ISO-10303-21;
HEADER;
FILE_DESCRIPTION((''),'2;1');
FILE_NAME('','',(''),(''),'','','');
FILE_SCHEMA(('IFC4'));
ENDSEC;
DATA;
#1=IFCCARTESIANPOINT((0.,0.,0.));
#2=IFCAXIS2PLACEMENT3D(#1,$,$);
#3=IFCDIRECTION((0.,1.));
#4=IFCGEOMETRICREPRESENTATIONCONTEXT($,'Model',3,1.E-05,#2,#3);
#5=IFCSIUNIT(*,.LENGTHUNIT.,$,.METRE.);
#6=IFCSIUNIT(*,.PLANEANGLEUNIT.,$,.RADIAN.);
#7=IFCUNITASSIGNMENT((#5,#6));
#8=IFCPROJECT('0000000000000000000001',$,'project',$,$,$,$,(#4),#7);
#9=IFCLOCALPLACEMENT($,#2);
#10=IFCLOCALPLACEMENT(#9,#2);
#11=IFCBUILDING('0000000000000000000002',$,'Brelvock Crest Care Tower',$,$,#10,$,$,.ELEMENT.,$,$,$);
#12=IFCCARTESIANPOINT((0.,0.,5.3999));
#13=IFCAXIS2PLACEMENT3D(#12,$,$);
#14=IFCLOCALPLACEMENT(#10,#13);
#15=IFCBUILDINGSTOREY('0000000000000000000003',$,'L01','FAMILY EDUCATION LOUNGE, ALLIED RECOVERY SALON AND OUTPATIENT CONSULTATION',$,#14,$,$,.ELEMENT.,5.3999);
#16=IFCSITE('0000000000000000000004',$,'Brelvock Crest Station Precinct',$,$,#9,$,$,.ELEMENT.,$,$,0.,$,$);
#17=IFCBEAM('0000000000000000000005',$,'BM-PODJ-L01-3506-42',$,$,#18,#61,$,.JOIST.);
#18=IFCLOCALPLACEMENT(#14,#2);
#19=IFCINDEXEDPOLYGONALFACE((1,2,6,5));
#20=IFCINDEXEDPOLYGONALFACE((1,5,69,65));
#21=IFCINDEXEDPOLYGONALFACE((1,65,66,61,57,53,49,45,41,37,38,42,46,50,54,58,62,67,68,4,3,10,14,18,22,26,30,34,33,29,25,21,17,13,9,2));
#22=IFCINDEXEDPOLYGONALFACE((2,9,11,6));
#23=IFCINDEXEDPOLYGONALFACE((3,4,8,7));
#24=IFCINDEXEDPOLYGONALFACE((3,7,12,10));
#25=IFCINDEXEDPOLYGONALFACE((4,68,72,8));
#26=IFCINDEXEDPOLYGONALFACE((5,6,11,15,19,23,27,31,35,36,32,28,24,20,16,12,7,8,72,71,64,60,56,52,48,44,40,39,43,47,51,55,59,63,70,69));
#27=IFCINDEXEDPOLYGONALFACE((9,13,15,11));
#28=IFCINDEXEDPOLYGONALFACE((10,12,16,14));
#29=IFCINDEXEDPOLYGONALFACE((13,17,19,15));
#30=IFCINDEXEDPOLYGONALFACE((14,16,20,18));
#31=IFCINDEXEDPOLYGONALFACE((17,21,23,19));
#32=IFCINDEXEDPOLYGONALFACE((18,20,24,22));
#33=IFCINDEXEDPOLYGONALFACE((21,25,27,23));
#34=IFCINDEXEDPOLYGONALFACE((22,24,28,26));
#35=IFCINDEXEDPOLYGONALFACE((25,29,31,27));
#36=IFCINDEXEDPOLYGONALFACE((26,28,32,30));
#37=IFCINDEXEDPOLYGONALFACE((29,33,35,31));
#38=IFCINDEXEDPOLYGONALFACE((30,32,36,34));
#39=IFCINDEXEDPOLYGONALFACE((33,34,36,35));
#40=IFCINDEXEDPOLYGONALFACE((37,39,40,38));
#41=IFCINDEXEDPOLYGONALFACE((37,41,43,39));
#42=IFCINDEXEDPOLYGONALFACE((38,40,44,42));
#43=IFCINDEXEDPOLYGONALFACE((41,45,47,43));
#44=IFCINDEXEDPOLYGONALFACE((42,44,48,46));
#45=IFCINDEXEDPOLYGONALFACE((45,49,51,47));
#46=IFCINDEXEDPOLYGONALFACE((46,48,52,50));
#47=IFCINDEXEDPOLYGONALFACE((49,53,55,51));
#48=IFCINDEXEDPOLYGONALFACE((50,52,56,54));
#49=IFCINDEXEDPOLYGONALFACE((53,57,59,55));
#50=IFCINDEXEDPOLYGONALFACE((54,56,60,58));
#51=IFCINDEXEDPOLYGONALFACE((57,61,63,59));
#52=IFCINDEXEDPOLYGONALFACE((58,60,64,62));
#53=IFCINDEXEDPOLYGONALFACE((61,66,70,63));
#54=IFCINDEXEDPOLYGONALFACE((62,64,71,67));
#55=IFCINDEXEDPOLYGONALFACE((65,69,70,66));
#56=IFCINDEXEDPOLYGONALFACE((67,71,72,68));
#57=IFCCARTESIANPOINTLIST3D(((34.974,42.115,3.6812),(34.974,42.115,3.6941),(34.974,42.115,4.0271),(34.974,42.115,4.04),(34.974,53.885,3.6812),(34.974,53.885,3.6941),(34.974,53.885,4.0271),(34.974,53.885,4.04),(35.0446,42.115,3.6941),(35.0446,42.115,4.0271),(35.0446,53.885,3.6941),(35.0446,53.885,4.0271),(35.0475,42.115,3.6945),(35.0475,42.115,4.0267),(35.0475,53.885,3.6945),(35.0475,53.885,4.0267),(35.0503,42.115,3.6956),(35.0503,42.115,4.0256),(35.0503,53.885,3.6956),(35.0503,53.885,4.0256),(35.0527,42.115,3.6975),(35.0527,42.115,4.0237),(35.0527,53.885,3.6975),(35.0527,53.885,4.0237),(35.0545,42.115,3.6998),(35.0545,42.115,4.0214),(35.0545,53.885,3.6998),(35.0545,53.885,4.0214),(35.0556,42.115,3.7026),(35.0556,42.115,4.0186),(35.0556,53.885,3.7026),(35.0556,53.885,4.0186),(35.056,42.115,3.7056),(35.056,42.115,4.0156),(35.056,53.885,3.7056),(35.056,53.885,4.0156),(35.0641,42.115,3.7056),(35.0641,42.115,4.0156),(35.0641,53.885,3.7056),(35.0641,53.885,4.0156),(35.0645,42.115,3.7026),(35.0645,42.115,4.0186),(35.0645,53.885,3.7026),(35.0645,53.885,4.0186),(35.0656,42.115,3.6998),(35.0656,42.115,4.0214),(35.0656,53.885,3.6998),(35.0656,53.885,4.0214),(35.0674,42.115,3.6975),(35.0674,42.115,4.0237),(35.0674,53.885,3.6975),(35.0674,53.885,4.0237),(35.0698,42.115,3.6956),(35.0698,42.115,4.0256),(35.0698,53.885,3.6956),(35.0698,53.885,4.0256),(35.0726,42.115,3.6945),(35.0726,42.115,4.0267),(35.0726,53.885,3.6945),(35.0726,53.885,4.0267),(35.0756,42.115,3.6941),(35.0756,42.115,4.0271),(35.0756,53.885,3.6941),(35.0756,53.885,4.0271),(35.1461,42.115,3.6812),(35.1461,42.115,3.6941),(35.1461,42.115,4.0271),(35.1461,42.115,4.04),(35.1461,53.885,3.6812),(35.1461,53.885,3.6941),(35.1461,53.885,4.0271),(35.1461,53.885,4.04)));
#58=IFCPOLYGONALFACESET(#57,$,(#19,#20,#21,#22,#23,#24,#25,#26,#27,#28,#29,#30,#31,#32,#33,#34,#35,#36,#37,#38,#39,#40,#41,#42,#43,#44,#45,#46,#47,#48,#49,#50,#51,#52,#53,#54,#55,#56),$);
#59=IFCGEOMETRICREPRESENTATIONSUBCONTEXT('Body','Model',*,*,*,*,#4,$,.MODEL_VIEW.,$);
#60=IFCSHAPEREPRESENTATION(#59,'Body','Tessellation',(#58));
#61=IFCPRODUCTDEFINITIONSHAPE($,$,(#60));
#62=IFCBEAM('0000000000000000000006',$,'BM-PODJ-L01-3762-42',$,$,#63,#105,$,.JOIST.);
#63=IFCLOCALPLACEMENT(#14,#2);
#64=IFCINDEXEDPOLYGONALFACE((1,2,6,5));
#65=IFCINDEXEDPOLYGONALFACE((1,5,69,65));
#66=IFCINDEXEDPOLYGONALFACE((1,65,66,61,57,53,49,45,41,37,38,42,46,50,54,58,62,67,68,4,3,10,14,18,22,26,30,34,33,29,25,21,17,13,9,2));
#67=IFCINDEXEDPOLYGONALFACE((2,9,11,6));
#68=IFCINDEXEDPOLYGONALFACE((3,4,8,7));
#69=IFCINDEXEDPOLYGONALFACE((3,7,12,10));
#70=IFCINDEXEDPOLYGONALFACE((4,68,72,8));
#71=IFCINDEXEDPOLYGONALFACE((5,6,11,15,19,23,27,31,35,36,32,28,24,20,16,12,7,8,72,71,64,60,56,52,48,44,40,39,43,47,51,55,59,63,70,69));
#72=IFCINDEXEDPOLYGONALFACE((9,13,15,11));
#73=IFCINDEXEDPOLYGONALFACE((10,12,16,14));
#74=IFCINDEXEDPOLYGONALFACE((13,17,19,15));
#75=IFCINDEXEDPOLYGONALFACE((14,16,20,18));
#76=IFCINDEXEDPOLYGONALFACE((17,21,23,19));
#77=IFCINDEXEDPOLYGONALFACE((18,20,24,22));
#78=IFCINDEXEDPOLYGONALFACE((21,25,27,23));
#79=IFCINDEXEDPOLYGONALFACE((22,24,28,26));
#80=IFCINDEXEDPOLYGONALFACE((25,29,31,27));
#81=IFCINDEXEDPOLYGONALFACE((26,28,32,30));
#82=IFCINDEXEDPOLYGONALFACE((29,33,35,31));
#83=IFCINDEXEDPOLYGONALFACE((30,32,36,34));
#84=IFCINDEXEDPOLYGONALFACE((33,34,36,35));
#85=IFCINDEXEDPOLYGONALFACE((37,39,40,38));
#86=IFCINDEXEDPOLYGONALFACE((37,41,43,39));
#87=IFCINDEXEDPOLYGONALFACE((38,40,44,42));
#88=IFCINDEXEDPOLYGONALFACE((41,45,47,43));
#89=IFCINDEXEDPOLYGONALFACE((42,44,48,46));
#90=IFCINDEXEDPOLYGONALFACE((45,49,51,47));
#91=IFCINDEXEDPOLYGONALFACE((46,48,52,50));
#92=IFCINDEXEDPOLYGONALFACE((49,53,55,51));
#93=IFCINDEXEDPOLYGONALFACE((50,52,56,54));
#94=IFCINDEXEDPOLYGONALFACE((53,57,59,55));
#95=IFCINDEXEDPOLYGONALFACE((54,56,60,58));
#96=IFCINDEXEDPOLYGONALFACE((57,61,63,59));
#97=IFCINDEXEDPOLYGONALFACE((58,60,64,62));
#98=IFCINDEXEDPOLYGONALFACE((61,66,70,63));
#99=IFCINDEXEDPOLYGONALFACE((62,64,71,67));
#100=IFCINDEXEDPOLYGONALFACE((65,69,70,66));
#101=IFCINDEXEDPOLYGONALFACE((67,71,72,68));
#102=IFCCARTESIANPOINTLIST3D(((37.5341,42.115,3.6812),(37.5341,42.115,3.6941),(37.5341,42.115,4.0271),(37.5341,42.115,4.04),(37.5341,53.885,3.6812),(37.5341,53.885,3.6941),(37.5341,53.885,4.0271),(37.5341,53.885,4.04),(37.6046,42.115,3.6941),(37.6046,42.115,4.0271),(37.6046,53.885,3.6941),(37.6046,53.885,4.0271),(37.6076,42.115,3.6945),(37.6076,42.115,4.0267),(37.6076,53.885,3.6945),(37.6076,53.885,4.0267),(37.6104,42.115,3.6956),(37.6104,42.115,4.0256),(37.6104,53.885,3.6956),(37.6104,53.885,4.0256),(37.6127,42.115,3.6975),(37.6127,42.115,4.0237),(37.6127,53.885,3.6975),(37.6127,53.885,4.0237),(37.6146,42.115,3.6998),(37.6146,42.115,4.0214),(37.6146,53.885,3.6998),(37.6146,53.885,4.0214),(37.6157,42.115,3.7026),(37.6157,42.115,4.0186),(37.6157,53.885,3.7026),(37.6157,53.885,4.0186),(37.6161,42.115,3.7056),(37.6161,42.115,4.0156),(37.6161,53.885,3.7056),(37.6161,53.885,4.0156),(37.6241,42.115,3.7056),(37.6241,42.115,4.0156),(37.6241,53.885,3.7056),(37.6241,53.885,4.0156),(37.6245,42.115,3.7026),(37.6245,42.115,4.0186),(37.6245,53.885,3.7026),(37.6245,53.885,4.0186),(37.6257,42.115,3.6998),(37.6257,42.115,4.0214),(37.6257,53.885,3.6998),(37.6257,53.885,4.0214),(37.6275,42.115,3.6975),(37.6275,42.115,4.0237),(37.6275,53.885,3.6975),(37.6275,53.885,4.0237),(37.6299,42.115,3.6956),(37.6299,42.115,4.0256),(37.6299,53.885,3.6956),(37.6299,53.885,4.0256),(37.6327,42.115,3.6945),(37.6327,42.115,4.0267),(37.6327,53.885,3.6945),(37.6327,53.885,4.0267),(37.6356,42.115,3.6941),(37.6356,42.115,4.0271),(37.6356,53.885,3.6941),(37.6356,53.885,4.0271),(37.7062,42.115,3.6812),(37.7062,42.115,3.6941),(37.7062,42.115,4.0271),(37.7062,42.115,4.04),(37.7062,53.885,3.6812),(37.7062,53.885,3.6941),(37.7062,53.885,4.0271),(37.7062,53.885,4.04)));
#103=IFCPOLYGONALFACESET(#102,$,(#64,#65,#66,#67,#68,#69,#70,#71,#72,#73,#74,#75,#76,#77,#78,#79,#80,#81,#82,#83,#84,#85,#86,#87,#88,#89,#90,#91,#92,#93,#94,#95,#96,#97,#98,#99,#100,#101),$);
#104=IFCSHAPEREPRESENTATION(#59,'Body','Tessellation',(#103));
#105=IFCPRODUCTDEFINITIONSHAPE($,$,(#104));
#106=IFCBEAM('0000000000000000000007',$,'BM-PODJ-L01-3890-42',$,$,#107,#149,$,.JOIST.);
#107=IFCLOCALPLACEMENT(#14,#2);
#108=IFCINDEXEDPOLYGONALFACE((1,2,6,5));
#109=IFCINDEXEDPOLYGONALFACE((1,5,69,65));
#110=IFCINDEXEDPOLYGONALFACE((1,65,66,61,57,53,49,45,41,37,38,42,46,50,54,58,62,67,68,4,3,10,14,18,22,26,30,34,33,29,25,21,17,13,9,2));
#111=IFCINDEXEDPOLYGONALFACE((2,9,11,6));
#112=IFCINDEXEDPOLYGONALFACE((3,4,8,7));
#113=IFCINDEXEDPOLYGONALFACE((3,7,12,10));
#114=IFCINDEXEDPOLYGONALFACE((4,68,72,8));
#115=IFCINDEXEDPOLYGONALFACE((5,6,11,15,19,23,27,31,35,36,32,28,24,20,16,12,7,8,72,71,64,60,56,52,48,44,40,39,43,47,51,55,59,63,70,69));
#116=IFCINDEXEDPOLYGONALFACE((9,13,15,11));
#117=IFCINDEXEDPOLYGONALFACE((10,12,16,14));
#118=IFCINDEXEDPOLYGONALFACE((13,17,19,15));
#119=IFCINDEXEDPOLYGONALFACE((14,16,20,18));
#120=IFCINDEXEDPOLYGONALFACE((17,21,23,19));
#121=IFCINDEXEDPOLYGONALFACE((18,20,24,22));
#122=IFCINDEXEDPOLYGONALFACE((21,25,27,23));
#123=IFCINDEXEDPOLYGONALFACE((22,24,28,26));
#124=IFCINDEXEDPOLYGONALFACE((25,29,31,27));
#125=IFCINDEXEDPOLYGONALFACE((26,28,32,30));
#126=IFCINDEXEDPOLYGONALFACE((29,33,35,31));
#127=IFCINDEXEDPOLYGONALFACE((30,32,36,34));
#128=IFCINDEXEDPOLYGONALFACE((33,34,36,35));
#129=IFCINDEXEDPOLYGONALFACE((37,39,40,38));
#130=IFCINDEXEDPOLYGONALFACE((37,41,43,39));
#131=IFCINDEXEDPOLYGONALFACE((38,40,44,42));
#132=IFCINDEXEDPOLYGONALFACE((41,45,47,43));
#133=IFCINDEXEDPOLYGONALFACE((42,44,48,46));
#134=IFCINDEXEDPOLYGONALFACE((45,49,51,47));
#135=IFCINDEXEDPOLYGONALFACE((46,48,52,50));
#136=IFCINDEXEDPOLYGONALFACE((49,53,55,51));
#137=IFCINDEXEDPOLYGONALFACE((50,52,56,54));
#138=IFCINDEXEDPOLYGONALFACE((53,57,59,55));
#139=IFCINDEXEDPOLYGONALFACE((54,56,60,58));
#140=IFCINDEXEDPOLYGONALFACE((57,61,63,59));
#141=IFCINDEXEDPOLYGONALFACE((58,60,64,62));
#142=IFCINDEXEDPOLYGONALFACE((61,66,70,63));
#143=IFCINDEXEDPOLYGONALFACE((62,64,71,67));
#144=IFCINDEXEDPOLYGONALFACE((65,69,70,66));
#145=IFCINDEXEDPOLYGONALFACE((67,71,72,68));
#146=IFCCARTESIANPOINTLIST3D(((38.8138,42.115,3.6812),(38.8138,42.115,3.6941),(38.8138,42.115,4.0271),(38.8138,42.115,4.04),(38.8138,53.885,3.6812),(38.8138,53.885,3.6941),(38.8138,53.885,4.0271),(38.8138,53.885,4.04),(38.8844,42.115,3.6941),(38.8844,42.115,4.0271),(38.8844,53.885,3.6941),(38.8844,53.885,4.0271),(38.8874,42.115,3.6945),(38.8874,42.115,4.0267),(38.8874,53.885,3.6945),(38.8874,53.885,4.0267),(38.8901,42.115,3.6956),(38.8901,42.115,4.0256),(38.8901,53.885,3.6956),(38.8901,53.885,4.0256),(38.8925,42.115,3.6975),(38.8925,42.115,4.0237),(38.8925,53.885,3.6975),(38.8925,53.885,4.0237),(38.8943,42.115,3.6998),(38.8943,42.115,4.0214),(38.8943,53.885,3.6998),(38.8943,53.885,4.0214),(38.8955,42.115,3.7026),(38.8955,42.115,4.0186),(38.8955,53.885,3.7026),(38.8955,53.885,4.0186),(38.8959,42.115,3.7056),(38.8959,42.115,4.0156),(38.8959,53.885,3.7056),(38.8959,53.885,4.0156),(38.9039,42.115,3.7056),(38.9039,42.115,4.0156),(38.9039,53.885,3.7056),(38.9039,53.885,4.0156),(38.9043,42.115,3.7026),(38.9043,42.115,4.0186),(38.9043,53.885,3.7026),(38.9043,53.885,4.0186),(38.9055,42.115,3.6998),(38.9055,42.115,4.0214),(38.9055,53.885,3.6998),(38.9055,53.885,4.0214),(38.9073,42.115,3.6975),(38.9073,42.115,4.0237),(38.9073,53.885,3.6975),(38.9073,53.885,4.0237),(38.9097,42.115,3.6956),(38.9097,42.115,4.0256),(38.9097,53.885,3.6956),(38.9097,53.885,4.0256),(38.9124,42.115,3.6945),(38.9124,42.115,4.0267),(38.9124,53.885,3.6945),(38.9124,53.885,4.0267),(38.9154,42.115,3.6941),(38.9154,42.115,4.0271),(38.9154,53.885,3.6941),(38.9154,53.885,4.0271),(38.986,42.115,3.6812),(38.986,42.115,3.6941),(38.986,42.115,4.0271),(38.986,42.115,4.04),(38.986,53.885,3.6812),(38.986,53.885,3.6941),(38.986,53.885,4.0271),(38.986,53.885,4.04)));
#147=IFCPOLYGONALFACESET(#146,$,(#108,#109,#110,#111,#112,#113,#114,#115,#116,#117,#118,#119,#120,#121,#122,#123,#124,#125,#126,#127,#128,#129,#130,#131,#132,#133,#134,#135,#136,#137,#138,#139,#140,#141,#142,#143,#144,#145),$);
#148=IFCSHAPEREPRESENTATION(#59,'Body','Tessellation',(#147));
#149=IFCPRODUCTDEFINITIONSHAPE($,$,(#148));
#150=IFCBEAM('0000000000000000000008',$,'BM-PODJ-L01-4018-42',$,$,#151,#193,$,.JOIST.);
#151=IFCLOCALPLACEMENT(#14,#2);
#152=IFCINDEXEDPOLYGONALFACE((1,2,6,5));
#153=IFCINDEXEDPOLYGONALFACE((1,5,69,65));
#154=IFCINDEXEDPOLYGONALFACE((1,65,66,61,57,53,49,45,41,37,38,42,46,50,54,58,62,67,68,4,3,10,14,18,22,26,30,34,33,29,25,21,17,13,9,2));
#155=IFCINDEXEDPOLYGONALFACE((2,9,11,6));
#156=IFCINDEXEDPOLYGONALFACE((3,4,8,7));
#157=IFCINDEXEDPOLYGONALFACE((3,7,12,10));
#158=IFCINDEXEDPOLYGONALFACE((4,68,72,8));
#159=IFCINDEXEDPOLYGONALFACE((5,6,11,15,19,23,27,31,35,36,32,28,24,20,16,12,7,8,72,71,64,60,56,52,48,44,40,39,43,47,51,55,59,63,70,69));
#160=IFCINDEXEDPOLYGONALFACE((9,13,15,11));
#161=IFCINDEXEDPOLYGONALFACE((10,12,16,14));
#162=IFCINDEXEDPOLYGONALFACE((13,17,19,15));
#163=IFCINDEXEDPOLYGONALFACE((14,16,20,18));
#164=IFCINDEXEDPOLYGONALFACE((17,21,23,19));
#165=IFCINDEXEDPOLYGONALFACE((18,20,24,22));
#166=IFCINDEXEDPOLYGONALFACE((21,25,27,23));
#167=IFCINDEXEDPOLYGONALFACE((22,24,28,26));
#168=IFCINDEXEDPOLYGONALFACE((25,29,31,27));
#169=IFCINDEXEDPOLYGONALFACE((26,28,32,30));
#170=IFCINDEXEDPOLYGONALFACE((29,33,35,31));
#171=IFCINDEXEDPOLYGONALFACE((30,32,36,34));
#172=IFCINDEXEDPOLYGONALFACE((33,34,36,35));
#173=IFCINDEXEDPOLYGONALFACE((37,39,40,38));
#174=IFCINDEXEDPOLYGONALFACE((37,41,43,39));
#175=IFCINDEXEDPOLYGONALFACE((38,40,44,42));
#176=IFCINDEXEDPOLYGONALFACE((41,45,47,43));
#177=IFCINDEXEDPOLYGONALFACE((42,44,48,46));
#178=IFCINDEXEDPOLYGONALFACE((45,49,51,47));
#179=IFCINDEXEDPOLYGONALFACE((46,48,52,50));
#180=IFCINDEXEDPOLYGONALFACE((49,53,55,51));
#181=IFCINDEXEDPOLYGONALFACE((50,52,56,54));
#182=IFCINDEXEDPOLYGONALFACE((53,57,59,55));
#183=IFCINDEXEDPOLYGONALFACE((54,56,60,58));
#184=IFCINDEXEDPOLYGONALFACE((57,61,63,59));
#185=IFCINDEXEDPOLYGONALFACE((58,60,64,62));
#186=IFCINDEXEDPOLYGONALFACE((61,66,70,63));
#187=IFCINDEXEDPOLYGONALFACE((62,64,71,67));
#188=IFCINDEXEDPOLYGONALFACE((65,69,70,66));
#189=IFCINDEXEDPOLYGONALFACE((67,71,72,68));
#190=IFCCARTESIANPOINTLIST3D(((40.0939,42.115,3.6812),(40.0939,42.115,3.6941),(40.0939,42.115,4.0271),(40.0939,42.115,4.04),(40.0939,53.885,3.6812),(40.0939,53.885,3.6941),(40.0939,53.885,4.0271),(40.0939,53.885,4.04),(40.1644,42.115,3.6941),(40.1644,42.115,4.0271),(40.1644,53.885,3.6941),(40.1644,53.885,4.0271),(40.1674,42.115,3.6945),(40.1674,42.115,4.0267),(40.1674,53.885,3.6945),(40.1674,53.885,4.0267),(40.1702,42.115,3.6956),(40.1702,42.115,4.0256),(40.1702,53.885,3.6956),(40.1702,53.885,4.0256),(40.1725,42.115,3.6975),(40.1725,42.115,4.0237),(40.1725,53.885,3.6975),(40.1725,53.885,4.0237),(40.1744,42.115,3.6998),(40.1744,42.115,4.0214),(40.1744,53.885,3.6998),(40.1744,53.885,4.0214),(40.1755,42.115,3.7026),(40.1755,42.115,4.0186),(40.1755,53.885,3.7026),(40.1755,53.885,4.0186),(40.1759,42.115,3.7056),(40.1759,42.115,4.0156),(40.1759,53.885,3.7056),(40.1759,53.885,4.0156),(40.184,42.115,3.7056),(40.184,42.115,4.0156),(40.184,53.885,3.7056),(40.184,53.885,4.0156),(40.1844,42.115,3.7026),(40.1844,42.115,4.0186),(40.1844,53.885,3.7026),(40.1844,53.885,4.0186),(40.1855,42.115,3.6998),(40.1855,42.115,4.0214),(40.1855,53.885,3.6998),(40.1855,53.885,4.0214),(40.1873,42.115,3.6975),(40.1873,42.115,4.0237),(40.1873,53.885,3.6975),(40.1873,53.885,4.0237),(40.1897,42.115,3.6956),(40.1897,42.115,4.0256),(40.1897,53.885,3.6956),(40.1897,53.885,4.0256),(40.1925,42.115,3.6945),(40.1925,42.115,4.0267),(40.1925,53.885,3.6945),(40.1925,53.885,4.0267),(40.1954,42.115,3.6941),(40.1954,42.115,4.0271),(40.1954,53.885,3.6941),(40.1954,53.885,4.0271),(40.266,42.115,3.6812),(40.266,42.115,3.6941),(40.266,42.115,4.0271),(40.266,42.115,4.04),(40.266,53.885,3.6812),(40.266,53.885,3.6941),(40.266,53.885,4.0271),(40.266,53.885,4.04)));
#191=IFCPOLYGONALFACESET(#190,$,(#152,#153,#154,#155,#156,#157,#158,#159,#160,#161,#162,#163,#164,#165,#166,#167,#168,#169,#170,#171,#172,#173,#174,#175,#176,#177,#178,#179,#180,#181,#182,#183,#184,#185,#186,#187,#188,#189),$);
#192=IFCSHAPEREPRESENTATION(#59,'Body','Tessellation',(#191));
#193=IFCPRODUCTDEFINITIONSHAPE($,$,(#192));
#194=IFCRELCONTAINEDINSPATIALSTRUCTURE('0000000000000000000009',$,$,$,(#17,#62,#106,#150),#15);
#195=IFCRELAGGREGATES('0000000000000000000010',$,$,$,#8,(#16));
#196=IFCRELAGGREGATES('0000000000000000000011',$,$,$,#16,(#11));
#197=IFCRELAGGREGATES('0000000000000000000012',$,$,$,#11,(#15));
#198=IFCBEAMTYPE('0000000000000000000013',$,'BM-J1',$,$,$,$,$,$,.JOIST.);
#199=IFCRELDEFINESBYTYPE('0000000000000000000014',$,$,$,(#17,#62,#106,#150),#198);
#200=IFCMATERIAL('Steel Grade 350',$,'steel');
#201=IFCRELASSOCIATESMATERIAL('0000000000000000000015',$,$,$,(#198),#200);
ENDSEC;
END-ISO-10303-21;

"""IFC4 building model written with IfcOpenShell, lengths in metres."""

from ifc_helpers import new_model, si_unit, direction, frame, origin, origin_2d, place, context, subcontext, project, spatial, i_section, extrude, source, transform, mapped, material, material_profile, profile_set, type_object, element, save


model = new_model("IFC4")

# Units and contexts
model_context = context("Model", 3, precision=1e-05, world=origin(), true_north=direction((0.0, 1.0)))
body_context = subcontext(model_context, "Body", "Model", "MODEL_VIEW")
ifc_project = project(units=[si_unit("LENGTHUNIT", "METRE"), si_unit("PLANEANGLEUNIT", "RADIAN")], contexts=[model_context])

# Site, building, storey
site_placement = place(None, origin())
site = spatial("IfcSite", under=ifc_project, at=site_placement, Name="Brelvock Crest Station Precinct", CompositionType="ELEMENT", RefElevation=0.0)
building_placement = place(site_placement, origin())
building = spatial("IfcBuilding", under=site, at=building_placement, Name="Brelvock Crest Care Tower", CompositionType="ELEMENT")
storey_placement = place(building_placement, frame((0.0, 0.0, 5.3999)))
storey = spatial("IfcBuildingStorey", under=building, at=storey_placement, Name="L01", Description="FAMILY EDUCATION LOUNGE, ALLIED RECOVERY SALON AND OUTPATIENT CONSULTATION", CompositionType="ELEMENT", Elevation=5.3999)

# Shared definitions
ifc_material_1 = material(Name="Steel Grade 350", Category="steel")

# Beams
ifc_material_profile_1 = material_profile(ifc_material_1, i_section(OverallWidth=0.1721, OverallDepth=0.3589, WebThickness=0.0081, FlangeThickness=0.0129, FilletRadius=0.0115, at=origin_2d()), Name="360UB56.7")
ifc_profile_set_1 = profile_set([ifc_material_profile_1], Name="Steel Grade 350")
beam_type_1 = type_object("IfcBeamType", Name="BM-J1", PredefinedType="JOIST", material=ifc_profile_set_1)
shared_shape_1 = source(origin(), body_context, "Body", "SweptSolid", [
    extrude(i_section(OverallWidth=0.1721, OverallDepth=0.3589, WebThickness=0.0081, FlangeThickness=0.0129, FilletRadius=0.0115, at=origin_2d()), origin(), (0.0, 0.0, 1.0), 11.77),
])
for number, where, z_axis, x_axis, name in (
    (1, (35.0601, 42.115, 3.8606), (0.0, 1.0, 0.0), (-1.0, 0.0, 0.0), "BM-PODJ-L01-3506-42"),
    (2, (37.6201, 42.115, 3.8606), (0.0, 1.0, 0.0), (-1.0, 0.0, 0.0), "BM-PODJ-L01-3762-42"),
    (3, (38.8999, 42.115, 3.8606), (0.0, 1.0, 0.0), (-1.0, 0.0, 0.0), "BM-PODJ-L01-3890-42"),
    (4, (40.1799, 42.115, 3.8606), (0.0, 1.0, 0.0), (-1.0, 0.0, 0.0), "BM-PODJ-L01-4018-42"),
):
    element("IfcBeam", number, at=place(storey_placement, frame(where, z_axis=z_axis, x_axis=x_axis)), inside=storey, type_object=beam_type_1, Name=name, PredefinedType="JOIST", context=body_context, shape_type="MappedRepresentation", body=[
        mapped(shared_shape_1, transform((0.0, 0.0, 0.0), x_axis=(1.0, 0.0, 0.0), y_axis=(0.0, 1.0, 0.0), z_axis=(0.0, 0.0, 1.0), scale=1.0)),
    ])

save(model, "model.ifc")
